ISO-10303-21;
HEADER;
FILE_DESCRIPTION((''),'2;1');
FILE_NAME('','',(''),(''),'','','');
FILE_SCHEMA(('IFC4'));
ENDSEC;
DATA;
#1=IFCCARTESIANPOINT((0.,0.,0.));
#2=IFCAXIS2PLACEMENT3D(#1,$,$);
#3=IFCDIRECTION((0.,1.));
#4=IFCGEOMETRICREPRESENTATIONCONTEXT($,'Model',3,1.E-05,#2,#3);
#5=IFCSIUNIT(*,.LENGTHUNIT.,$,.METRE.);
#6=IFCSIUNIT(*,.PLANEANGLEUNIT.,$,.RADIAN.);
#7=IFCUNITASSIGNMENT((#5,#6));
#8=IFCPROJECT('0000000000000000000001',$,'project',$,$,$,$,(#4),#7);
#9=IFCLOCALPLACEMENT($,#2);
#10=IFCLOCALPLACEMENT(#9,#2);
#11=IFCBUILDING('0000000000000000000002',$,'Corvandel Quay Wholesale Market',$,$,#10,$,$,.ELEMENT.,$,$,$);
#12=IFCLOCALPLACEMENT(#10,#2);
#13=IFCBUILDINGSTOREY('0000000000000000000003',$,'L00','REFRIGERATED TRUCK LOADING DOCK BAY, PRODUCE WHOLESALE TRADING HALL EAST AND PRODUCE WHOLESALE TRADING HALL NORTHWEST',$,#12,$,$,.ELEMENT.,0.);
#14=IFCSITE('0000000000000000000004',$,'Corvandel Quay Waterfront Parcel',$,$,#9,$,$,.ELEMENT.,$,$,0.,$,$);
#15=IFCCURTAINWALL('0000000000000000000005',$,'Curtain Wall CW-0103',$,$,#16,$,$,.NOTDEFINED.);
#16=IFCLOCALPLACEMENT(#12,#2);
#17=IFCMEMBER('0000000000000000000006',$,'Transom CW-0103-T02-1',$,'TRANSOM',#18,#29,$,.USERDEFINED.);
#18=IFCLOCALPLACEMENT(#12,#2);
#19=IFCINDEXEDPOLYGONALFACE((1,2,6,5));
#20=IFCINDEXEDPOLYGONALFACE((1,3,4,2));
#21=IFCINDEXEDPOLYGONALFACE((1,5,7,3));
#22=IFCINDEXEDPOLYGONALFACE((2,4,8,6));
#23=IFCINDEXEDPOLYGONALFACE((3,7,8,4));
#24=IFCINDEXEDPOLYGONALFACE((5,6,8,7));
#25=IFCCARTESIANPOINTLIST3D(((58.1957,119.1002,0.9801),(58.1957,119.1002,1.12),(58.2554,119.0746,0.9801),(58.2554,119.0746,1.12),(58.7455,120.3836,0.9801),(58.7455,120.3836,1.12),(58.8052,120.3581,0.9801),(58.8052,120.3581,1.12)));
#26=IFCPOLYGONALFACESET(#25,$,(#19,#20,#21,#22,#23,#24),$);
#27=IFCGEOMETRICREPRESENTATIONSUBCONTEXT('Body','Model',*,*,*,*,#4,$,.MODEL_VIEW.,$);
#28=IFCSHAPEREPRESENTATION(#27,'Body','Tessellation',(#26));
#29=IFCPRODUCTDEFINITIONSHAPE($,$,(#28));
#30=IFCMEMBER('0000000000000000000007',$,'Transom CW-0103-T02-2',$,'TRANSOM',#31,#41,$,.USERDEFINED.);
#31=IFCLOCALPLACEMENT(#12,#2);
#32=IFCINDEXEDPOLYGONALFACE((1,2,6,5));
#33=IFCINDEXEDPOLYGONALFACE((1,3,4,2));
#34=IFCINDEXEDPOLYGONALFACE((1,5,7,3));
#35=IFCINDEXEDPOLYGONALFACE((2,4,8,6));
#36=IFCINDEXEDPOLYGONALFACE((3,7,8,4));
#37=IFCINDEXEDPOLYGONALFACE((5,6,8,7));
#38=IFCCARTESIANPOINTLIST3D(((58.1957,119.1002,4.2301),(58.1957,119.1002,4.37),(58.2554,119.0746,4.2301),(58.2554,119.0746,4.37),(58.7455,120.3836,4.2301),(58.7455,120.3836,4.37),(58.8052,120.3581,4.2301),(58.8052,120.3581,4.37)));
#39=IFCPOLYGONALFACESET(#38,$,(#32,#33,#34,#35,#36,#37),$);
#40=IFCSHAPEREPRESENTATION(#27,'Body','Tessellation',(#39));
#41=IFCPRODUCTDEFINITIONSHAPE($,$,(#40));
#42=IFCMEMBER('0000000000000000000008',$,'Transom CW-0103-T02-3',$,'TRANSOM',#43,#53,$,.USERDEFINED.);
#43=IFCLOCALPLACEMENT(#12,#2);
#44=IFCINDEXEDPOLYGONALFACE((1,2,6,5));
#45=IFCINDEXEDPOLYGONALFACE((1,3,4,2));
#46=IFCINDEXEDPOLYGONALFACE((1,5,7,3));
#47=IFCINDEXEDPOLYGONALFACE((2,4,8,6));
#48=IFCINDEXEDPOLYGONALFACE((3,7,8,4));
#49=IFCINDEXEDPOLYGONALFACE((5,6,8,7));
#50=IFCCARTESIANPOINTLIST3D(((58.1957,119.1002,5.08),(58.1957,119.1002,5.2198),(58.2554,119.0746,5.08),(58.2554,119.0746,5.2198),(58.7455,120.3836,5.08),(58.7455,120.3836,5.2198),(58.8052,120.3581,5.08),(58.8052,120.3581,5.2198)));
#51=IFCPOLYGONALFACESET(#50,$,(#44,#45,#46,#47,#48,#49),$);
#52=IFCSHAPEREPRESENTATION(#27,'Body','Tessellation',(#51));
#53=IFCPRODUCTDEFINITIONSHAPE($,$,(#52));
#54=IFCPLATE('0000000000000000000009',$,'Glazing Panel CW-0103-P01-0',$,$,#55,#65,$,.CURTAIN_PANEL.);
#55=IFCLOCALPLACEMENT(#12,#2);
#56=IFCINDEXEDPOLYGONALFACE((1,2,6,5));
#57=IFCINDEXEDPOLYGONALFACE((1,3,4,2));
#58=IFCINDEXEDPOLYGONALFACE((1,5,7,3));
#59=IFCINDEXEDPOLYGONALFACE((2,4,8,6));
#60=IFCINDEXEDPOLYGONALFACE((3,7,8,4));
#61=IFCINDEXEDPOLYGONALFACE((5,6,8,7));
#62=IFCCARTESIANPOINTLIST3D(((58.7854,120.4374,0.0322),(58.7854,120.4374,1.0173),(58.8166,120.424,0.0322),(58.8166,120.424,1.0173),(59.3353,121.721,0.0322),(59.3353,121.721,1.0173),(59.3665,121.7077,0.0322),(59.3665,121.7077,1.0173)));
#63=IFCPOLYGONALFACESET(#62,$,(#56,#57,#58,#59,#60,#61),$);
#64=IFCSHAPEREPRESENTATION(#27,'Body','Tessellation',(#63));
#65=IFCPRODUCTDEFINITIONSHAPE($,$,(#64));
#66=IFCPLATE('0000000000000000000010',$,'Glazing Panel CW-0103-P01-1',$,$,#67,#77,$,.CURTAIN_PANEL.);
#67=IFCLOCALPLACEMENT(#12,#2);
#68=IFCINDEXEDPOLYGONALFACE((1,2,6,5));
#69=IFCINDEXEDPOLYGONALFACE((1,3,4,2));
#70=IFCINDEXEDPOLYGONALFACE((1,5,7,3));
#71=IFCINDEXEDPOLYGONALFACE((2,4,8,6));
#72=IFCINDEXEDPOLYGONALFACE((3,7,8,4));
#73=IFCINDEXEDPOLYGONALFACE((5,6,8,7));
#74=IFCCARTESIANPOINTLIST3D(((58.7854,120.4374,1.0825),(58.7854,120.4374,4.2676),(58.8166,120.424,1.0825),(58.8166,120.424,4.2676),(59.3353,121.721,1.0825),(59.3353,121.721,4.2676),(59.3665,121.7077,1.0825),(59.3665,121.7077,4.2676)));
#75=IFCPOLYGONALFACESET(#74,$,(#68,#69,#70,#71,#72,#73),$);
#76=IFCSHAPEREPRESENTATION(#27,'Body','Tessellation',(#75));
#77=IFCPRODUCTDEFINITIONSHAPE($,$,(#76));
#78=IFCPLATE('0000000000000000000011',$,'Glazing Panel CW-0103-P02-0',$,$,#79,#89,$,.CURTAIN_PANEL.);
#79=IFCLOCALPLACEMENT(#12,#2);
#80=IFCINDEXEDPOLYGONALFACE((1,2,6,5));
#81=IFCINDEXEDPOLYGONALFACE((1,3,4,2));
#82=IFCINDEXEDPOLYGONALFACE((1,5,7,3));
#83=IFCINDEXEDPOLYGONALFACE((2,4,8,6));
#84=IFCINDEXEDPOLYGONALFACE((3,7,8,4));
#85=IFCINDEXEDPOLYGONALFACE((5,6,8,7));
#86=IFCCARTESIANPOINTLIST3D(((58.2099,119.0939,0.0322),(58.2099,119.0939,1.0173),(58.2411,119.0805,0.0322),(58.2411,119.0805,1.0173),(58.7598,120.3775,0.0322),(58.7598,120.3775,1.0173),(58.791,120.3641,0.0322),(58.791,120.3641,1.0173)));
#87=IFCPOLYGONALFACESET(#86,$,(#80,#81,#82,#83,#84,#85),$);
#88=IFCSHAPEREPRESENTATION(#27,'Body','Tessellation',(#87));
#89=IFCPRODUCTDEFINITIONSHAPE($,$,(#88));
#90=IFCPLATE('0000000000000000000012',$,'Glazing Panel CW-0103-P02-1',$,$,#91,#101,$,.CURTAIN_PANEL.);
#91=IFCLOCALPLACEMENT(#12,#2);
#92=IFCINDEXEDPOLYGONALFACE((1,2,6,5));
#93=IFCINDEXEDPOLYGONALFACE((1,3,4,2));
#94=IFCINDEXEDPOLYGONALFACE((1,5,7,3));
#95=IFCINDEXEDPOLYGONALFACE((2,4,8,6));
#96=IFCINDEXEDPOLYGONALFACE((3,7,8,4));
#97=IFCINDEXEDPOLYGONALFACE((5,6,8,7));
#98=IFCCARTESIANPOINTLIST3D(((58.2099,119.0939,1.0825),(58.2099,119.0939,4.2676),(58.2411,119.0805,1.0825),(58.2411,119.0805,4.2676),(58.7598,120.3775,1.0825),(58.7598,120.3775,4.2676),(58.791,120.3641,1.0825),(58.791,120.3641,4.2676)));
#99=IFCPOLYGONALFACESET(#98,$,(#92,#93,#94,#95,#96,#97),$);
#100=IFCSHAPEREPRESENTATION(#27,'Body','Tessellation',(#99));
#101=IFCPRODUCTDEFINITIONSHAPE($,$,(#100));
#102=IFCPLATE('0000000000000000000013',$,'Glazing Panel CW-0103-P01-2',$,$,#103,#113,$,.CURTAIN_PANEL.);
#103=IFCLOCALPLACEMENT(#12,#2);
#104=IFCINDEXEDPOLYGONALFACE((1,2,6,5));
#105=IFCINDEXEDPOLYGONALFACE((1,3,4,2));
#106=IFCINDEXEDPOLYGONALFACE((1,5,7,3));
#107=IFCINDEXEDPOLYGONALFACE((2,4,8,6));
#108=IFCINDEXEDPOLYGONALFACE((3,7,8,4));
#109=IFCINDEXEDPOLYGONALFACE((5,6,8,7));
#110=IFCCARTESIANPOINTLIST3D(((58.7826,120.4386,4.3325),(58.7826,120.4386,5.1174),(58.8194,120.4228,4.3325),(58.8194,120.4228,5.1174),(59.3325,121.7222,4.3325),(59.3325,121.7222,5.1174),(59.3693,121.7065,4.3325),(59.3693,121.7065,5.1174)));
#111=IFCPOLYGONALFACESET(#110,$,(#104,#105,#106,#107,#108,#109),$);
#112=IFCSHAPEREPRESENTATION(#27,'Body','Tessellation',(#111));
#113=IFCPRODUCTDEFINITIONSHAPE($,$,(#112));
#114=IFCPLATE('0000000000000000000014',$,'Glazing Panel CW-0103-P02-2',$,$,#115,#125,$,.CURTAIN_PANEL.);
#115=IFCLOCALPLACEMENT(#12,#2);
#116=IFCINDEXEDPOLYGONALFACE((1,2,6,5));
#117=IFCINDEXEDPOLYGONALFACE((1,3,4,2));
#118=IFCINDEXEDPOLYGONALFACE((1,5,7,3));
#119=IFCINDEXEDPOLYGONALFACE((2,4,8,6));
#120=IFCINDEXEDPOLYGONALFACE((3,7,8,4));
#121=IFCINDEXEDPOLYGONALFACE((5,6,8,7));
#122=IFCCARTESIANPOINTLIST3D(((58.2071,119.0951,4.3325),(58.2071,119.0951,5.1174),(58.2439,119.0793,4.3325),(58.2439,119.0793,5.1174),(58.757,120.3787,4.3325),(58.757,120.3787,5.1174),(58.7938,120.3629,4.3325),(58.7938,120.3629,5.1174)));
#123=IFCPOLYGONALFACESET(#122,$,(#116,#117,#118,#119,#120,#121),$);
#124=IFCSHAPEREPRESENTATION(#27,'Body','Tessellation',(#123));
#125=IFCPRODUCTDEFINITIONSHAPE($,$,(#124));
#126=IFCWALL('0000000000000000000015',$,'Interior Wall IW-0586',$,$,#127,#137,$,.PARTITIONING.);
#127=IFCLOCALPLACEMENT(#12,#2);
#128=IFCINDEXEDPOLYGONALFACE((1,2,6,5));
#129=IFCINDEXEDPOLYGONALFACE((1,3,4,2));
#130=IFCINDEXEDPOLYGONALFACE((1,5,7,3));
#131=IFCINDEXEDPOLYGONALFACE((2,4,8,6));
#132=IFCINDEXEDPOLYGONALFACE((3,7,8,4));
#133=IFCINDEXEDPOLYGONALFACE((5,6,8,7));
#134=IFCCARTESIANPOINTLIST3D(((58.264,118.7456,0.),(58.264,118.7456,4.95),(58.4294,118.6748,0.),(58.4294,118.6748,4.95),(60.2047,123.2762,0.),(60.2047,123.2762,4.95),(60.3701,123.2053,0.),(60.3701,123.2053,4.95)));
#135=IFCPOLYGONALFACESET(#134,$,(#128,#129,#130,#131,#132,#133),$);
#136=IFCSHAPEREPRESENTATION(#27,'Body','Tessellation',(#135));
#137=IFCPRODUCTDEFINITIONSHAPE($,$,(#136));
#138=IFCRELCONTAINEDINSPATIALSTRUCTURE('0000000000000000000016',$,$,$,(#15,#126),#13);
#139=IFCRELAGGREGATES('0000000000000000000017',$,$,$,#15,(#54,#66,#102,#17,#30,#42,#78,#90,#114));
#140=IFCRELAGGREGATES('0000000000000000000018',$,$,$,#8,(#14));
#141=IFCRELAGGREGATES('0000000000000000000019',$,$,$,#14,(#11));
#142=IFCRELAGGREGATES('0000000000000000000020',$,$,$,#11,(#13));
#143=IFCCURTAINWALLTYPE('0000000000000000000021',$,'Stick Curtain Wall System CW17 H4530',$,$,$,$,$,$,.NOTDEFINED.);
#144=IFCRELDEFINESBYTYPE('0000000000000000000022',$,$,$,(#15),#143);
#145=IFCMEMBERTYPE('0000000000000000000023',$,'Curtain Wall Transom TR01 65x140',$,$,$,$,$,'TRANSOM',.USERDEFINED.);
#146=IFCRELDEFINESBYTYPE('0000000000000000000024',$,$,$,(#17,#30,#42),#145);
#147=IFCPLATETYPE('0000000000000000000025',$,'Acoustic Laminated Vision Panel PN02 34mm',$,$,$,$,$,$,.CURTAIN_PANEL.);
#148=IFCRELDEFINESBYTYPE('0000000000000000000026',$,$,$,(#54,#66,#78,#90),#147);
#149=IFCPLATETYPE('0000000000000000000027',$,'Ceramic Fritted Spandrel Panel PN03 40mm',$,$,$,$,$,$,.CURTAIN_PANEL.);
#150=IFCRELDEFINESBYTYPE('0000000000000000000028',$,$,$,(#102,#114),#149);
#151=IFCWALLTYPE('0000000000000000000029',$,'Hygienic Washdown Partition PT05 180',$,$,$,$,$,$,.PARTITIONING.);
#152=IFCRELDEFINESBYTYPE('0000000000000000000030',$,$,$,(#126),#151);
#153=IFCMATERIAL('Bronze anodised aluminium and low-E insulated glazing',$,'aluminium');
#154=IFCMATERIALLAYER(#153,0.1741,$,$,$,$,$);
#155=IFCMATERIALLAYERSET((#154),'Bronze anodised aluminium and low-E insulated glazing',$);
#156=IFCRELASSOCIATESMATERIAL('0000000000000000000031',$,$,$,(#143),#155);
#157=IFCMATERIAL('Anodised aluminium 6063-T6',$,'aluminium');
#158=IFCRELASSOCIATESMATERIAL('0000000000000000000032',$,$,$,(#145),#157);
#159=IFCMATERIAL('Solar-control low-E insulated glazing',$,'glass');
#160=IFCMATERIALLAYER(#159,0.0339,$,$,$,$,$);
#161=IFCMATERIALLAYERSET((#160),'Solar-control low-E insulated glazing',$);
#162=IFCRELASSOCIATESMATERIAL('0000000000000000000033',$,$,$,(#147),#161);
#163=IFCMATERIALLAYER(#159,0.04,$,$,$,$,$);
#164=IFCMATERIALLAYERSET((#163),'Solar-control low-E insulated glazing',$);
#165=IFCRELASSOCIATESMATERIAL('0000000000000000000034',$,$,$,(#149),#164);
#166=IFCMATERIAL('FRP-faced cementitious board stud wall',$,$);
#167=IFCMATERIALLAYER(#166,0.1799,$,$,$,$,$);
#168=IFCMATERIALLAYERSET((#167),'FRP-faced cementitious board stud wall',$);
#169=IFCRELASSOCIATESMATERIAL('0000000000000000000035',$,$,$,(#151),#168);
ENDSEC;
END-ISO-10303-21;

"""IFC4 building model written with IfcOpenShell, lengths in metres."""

from ifc_helpers import new_model, si_unit, direction, frame, frame_2d, origin, origin_2d, place, context, subcontext, project, spatial, rectangle, extrude, material, layer, layer_set, material_profile, profile_set, type_object, element, aggregate, save


model = new_model("IFC4")

# Units and contexts
model_context = context("Model", 3, precision=1e-05, world=origin(), true_north=direction((0.0, 1.0)))
body_context = subcontext(model_context, "Body", "Model", "MODEL_VIEW")
ifc_project = project(units=[si_unit("LENGTHUNIT", "METRE"), si_unit("PLANEANGLEUNIT", "RADIAN")], contexts=[model_context])

# Site, building, storey
site_placement = place(None, origin())
site = spatial("IfcSite", under=ifc_project, at=site_placement, Name="Corvandel Quay Waterfront Parcel", CompositionType="ELEMENT", RefElevation=0.0)
building_placement = place(site_placement, origin())
building = spatial("IfcBuilding", under=site, at=building_placement, Name="Corvandel Quay Wholesale Market", CompositionType="ELEMENT")
storey_placement = place(building_placement, origin())
storey = spatial("IfcBuildingStorey", under=building, at=storey_placement, Name="L00", Description="REFRIGERATED TRUCK LOADING DOCK BAY, PRODUCE WHOLESALE TRADING HALL EAST AND PRODUCE WHOLESALE TRADING HALL NORTHWEST", CompositionType="ELEMENT", Elevation=0.0)

# Curtain wall, members, plates
ifc_material_1 = material(Name="Bronze anodised aluminium and low-E insulated glazing", Category="aluminium")
ifc_layer_1 = layer(ifc_material_1, 0.1741)
ifc_layer_set_1 = layer_set([ifc_layer_1], Name="Bronze anodised aluminium and low-E insulated glazing")
curtain_wall_type = type_object("IfcCurtainWallType", Name="Stick Curtain Wall System CW17 H4530", PredefinedType="NOTDEFINED", material=ifc_layer_set_1)
curtain_wall_placement = place(storey_placement, origin())
curtain_wall = element("IfcCurtainWall", 1, at=curtain_wall_placement, inside=storey, type_object=curtain_wall_type, Name="Curtain Wall CW-0103", PredefinedType="NOTDEFINED")
ifc_material_2 = material(Name="Anodised aluminium 6063-T6", Category="aluminium")
ifc_material_profile_1 = material_profile(ifc_material_2, rectangle(XDim=0.0649, YDim=0.1399, at=origin_2d()), Name="ALU-TRN-65x140")
ifc_profile_set_1 = profile_set([ifc_material_profile_1], Name="Anodised aluminium 6063-T6")
member_type_1 = type_object("IfcMemberType", Name="Curtain Wall Transom TR01 65x140", ElementType="TRANSOM", PredefinedType="USERDEFINED", material=ifc_profile_set_1)
member_1_placement = place(storey_placement, frame((58.7754, 120.3708, 1.05), z_axis=(-0.393772, -0.919208, 0.0), x_axis=(0.919208, -0.393772, 0.0)))
member_1 = element("IfcMember", 2, at=member_1_placement, type_object=member_type_1, Name="Transom CW-0103-T02-1", ObjectType="TRANSOM", PredefinedType="USERDEFINED", context=body_context, shape_type="SweptSolid", body=[
    extrude(rectangle(XDim=0.0649, YDim=0.1399, at=origin_2d()), origin(), (0.0, 0.0, 1.0), 1.3962),
])
member_2_placement = place(storey_placement, frame((58.7754, 120.3708, 4.3), z_axis=(-0.393772, -0.919208, 0.0), x_axis=(0.919208, -0.393772, 0.0)))
member_2 = element("IfcMember", 3, at=member_2_placement, type_object=member_type_1, Name="Transom CW-0103-T02-2", ObjectType="TRANSOM", PredefinedType="USERDEFINED", context=body_context, shape_type="SweptSolid", body=[
    extrude(rectangle(XDim=0.0649, YDim=0.1399, at=origin_2d()), origin(), (0.0, 0.0, 1.0), 1.3962),
])
member_3_placement = place(storey_placement, frame((58.7754, 120.3708, 5.1499), z_axis=(-0.393772, -0.919208, 0.0), x_axis=(0.919208, -0.393772, 0.0)))
member_3 = element("IfcMember", 4, at=member_3_placement, type_object=member_type_1, Name="Transom CW-0103-T02-3", ObjectType="TRANSOM", PredefinedType="USERDEFINED", context=body_context, shape_type="SweptSolid", body=[
    extrude(rectangle(XDim=0.0649, YDim=0.1399, at=origin_2d()), origin(), (0.0, 0.0, 1.0), 1.3962),
])
ifc_material_3 = material(Name="Solar-control low-E insulated glazing", Category="glass")
ifc_layer_2 = layer(ifc_material_3, 0.0339)
ifc_layer_set_2 = layer_set([ifc_layer_2], Name="Solar-control low-E insulated glazing")
plate_type_1 = type_object("IfcPlateType", Name="Acoustic Laminated Vision Panel PN02 34mm", PredefinedType="CURTAIN_PANEL", material=ifc_layer_set_2)
plate_1_placement = place(storey_placement, frame((59.0759, 121.0725, 0.0322), z_axis=(0.0, 0.0, 1.0), x_axis=(0.393781, 0.919204, 0.0)))
plate_1 = element("IfcPlate", 5, at=plate_1_placement, type_object=plate_type_1, Name="Glazing Panel CW-0103-P01-0", PredefinedType="CURTAIN_PANEL", context=body_context, shape_type="SweptSolid", body=[
    extrude(rectangle(XDim=1.3965, YDim=0.0339, at=origin_2d()), origin(), (0.0, 0.0, 1.0), 0.9851),
])
plate_2_placement = place(storey_placement, frame((59.0759, 121.0725, 1.0825), z_axis=(0.0, 0.0, 1.0), x_axis=(0.393781, 0.919204, 0.0)))
plate_2 = element("IfcPlate", 6, at=plate_2_placement, type_object=plate_type_1, Name="Glazing Panel CW-0103-P01-1", PredefinedType="CURTAIN_PANEL", context=body_context, shape_type="SweptSolid", body=[
    extrude(rectangle(XDim=1.3965, YDim=0.0339, at=origin_2d()), origin(), (0.0, 0.0, 1.0), 3.1851),
])
plate_3_placement = place(storey_placement, frame((58.5005, 119.729, 0.0322), z_axis=(0.0, 0.0, 1.0), x_axis=(0.393781, 0.919204, 0.0)))
plate_3 = element("IfcPlate", 7, at=plate_3_placement, type_object=plate_type_1, Name="Glazing Panel CW-0103-P02-0", PredefinedType="CURTAIN_PANEL", context=body_context, shape_type="SweptSolid", body=[
    extrude(rectangle(XDim=1.3965, YDim=0.0339, at=origin_2d()), origin(), (0.0, 0.0, 1.0), 0.9851),
])
plate_4_placement = place(storey_placement, frame((58.5005, 119.729, 1.0825), z_axis=(0.0, 0.0, 1.0), x_axis=(0.393781, 0.919204, 0.0)))
plate_4 = element("IfcPlate", 8, at=plate_4_placement, type_object=plate_type_1, Name="Glazing Panel CW-0103-P02-1", PredefinedType="CURTAIN_PANEL", context=body_context, shape_type="SweptSolid", body=[
    extrude(rectangle(XDim=1.3965, YDim=0.0339, at=origin_2d()), origin(), (0.0, 0.0, 1.0), 3.1851),
])
ifc_layer_3 = layer(ifc_material_3, 0.04)
ifc_layer_set_3 = layer_set([ifc_layer_3], Name="Solar-control low-E insulated glazing")
plate_type_2 = type_object("IfcPlateType", Name="Ceramic Fritted Spandrel Panel PN03 40mm", PredefinedType="CURTAIN_PANEL", material=ifc_layer_set_3)
plate_5_placement = place(storey_placement, frame((59.0759, 121.0725, 4.3325), z_axis=(0.0, 0.0, 1.0), x_axis=(0.393781, 0.919204, 0.0)))
plate_5 = element("IfcPlate", 9, at=plate_5_placement, type_object=plate_type_2, Name="Glazing Panel CW-0103-P01-2", PredefinedType="CURTAIN_PANEL", context=body_context, shape_type="SweptSolid", body=[
    extrude(rectangle(XDim=1.3965, YDim=0.04, at=origin_2d()), origin(), (0.0, 0.0, 1.0), 0.7849),
])
plate_6_placement = place(storey_placement, frame((58.5005, 119.729, 4.3325), z_axis=(0.0, 0.0, 1.0), x_axis=(0.393781, 0.919204, 0.0)))
plate_6 = element("IfcPlate", 10, at=plate_6_placement, type_object=plate_type_2, Name="Glazing Panel CW-0103-P02-2", PredefinedType="CURTAIN_PANEL", context=body_context, shape_type="SweptSolid", body=[
    extrude(rectangle(XDim=1.3965, YDim=0.04, at=origin_2d()), origin(), (0.0, 0.0, 1.0), 0.7849),
])
aggregate(curtain_wall, [plate_1, plate_2, plate_5, member_1, member_2, member_3, plate_3, plate_4, plate_6])

# Wall
ifc_material_4 = material(Name="FRP-faced cementitious board stud wall")
ifc_layer_4 = layer(ifc_material_4, 0.1799)
ifc_layer_set_4 = layer_set([ifc_layer_4], Name="FRP-faced cementitious board stud wall")
wall_type = type_object("IfcWallType", Name="Hygienic Washdown Partition PT05 180", PredefinedType="PARTITIONING", material=ifc_layer_set_4)
wall_placement = place(storey_placement, frame((58.3467, 118.7102, 0.0), z_axis=(0.0, 0.0, 1.0), x_axis=(0.393752, 0.919217, 0.0)))
element("IfcWall", 11, at=wall_placement, inside=storey, type_object=wall_type, Name="Interior Wall IW-0586", PredefinedType="PARTITIONING", context=body_context, shape_type="SweptSolid", body=[
    extrude(rectangle(XDim=4.9287, YDim=0.1799, at=frame_2d((2.4644, 0.0))), origin(), (0.0, 0.0, 1.0), 4.95),
])

save(model, "model.ifc")
